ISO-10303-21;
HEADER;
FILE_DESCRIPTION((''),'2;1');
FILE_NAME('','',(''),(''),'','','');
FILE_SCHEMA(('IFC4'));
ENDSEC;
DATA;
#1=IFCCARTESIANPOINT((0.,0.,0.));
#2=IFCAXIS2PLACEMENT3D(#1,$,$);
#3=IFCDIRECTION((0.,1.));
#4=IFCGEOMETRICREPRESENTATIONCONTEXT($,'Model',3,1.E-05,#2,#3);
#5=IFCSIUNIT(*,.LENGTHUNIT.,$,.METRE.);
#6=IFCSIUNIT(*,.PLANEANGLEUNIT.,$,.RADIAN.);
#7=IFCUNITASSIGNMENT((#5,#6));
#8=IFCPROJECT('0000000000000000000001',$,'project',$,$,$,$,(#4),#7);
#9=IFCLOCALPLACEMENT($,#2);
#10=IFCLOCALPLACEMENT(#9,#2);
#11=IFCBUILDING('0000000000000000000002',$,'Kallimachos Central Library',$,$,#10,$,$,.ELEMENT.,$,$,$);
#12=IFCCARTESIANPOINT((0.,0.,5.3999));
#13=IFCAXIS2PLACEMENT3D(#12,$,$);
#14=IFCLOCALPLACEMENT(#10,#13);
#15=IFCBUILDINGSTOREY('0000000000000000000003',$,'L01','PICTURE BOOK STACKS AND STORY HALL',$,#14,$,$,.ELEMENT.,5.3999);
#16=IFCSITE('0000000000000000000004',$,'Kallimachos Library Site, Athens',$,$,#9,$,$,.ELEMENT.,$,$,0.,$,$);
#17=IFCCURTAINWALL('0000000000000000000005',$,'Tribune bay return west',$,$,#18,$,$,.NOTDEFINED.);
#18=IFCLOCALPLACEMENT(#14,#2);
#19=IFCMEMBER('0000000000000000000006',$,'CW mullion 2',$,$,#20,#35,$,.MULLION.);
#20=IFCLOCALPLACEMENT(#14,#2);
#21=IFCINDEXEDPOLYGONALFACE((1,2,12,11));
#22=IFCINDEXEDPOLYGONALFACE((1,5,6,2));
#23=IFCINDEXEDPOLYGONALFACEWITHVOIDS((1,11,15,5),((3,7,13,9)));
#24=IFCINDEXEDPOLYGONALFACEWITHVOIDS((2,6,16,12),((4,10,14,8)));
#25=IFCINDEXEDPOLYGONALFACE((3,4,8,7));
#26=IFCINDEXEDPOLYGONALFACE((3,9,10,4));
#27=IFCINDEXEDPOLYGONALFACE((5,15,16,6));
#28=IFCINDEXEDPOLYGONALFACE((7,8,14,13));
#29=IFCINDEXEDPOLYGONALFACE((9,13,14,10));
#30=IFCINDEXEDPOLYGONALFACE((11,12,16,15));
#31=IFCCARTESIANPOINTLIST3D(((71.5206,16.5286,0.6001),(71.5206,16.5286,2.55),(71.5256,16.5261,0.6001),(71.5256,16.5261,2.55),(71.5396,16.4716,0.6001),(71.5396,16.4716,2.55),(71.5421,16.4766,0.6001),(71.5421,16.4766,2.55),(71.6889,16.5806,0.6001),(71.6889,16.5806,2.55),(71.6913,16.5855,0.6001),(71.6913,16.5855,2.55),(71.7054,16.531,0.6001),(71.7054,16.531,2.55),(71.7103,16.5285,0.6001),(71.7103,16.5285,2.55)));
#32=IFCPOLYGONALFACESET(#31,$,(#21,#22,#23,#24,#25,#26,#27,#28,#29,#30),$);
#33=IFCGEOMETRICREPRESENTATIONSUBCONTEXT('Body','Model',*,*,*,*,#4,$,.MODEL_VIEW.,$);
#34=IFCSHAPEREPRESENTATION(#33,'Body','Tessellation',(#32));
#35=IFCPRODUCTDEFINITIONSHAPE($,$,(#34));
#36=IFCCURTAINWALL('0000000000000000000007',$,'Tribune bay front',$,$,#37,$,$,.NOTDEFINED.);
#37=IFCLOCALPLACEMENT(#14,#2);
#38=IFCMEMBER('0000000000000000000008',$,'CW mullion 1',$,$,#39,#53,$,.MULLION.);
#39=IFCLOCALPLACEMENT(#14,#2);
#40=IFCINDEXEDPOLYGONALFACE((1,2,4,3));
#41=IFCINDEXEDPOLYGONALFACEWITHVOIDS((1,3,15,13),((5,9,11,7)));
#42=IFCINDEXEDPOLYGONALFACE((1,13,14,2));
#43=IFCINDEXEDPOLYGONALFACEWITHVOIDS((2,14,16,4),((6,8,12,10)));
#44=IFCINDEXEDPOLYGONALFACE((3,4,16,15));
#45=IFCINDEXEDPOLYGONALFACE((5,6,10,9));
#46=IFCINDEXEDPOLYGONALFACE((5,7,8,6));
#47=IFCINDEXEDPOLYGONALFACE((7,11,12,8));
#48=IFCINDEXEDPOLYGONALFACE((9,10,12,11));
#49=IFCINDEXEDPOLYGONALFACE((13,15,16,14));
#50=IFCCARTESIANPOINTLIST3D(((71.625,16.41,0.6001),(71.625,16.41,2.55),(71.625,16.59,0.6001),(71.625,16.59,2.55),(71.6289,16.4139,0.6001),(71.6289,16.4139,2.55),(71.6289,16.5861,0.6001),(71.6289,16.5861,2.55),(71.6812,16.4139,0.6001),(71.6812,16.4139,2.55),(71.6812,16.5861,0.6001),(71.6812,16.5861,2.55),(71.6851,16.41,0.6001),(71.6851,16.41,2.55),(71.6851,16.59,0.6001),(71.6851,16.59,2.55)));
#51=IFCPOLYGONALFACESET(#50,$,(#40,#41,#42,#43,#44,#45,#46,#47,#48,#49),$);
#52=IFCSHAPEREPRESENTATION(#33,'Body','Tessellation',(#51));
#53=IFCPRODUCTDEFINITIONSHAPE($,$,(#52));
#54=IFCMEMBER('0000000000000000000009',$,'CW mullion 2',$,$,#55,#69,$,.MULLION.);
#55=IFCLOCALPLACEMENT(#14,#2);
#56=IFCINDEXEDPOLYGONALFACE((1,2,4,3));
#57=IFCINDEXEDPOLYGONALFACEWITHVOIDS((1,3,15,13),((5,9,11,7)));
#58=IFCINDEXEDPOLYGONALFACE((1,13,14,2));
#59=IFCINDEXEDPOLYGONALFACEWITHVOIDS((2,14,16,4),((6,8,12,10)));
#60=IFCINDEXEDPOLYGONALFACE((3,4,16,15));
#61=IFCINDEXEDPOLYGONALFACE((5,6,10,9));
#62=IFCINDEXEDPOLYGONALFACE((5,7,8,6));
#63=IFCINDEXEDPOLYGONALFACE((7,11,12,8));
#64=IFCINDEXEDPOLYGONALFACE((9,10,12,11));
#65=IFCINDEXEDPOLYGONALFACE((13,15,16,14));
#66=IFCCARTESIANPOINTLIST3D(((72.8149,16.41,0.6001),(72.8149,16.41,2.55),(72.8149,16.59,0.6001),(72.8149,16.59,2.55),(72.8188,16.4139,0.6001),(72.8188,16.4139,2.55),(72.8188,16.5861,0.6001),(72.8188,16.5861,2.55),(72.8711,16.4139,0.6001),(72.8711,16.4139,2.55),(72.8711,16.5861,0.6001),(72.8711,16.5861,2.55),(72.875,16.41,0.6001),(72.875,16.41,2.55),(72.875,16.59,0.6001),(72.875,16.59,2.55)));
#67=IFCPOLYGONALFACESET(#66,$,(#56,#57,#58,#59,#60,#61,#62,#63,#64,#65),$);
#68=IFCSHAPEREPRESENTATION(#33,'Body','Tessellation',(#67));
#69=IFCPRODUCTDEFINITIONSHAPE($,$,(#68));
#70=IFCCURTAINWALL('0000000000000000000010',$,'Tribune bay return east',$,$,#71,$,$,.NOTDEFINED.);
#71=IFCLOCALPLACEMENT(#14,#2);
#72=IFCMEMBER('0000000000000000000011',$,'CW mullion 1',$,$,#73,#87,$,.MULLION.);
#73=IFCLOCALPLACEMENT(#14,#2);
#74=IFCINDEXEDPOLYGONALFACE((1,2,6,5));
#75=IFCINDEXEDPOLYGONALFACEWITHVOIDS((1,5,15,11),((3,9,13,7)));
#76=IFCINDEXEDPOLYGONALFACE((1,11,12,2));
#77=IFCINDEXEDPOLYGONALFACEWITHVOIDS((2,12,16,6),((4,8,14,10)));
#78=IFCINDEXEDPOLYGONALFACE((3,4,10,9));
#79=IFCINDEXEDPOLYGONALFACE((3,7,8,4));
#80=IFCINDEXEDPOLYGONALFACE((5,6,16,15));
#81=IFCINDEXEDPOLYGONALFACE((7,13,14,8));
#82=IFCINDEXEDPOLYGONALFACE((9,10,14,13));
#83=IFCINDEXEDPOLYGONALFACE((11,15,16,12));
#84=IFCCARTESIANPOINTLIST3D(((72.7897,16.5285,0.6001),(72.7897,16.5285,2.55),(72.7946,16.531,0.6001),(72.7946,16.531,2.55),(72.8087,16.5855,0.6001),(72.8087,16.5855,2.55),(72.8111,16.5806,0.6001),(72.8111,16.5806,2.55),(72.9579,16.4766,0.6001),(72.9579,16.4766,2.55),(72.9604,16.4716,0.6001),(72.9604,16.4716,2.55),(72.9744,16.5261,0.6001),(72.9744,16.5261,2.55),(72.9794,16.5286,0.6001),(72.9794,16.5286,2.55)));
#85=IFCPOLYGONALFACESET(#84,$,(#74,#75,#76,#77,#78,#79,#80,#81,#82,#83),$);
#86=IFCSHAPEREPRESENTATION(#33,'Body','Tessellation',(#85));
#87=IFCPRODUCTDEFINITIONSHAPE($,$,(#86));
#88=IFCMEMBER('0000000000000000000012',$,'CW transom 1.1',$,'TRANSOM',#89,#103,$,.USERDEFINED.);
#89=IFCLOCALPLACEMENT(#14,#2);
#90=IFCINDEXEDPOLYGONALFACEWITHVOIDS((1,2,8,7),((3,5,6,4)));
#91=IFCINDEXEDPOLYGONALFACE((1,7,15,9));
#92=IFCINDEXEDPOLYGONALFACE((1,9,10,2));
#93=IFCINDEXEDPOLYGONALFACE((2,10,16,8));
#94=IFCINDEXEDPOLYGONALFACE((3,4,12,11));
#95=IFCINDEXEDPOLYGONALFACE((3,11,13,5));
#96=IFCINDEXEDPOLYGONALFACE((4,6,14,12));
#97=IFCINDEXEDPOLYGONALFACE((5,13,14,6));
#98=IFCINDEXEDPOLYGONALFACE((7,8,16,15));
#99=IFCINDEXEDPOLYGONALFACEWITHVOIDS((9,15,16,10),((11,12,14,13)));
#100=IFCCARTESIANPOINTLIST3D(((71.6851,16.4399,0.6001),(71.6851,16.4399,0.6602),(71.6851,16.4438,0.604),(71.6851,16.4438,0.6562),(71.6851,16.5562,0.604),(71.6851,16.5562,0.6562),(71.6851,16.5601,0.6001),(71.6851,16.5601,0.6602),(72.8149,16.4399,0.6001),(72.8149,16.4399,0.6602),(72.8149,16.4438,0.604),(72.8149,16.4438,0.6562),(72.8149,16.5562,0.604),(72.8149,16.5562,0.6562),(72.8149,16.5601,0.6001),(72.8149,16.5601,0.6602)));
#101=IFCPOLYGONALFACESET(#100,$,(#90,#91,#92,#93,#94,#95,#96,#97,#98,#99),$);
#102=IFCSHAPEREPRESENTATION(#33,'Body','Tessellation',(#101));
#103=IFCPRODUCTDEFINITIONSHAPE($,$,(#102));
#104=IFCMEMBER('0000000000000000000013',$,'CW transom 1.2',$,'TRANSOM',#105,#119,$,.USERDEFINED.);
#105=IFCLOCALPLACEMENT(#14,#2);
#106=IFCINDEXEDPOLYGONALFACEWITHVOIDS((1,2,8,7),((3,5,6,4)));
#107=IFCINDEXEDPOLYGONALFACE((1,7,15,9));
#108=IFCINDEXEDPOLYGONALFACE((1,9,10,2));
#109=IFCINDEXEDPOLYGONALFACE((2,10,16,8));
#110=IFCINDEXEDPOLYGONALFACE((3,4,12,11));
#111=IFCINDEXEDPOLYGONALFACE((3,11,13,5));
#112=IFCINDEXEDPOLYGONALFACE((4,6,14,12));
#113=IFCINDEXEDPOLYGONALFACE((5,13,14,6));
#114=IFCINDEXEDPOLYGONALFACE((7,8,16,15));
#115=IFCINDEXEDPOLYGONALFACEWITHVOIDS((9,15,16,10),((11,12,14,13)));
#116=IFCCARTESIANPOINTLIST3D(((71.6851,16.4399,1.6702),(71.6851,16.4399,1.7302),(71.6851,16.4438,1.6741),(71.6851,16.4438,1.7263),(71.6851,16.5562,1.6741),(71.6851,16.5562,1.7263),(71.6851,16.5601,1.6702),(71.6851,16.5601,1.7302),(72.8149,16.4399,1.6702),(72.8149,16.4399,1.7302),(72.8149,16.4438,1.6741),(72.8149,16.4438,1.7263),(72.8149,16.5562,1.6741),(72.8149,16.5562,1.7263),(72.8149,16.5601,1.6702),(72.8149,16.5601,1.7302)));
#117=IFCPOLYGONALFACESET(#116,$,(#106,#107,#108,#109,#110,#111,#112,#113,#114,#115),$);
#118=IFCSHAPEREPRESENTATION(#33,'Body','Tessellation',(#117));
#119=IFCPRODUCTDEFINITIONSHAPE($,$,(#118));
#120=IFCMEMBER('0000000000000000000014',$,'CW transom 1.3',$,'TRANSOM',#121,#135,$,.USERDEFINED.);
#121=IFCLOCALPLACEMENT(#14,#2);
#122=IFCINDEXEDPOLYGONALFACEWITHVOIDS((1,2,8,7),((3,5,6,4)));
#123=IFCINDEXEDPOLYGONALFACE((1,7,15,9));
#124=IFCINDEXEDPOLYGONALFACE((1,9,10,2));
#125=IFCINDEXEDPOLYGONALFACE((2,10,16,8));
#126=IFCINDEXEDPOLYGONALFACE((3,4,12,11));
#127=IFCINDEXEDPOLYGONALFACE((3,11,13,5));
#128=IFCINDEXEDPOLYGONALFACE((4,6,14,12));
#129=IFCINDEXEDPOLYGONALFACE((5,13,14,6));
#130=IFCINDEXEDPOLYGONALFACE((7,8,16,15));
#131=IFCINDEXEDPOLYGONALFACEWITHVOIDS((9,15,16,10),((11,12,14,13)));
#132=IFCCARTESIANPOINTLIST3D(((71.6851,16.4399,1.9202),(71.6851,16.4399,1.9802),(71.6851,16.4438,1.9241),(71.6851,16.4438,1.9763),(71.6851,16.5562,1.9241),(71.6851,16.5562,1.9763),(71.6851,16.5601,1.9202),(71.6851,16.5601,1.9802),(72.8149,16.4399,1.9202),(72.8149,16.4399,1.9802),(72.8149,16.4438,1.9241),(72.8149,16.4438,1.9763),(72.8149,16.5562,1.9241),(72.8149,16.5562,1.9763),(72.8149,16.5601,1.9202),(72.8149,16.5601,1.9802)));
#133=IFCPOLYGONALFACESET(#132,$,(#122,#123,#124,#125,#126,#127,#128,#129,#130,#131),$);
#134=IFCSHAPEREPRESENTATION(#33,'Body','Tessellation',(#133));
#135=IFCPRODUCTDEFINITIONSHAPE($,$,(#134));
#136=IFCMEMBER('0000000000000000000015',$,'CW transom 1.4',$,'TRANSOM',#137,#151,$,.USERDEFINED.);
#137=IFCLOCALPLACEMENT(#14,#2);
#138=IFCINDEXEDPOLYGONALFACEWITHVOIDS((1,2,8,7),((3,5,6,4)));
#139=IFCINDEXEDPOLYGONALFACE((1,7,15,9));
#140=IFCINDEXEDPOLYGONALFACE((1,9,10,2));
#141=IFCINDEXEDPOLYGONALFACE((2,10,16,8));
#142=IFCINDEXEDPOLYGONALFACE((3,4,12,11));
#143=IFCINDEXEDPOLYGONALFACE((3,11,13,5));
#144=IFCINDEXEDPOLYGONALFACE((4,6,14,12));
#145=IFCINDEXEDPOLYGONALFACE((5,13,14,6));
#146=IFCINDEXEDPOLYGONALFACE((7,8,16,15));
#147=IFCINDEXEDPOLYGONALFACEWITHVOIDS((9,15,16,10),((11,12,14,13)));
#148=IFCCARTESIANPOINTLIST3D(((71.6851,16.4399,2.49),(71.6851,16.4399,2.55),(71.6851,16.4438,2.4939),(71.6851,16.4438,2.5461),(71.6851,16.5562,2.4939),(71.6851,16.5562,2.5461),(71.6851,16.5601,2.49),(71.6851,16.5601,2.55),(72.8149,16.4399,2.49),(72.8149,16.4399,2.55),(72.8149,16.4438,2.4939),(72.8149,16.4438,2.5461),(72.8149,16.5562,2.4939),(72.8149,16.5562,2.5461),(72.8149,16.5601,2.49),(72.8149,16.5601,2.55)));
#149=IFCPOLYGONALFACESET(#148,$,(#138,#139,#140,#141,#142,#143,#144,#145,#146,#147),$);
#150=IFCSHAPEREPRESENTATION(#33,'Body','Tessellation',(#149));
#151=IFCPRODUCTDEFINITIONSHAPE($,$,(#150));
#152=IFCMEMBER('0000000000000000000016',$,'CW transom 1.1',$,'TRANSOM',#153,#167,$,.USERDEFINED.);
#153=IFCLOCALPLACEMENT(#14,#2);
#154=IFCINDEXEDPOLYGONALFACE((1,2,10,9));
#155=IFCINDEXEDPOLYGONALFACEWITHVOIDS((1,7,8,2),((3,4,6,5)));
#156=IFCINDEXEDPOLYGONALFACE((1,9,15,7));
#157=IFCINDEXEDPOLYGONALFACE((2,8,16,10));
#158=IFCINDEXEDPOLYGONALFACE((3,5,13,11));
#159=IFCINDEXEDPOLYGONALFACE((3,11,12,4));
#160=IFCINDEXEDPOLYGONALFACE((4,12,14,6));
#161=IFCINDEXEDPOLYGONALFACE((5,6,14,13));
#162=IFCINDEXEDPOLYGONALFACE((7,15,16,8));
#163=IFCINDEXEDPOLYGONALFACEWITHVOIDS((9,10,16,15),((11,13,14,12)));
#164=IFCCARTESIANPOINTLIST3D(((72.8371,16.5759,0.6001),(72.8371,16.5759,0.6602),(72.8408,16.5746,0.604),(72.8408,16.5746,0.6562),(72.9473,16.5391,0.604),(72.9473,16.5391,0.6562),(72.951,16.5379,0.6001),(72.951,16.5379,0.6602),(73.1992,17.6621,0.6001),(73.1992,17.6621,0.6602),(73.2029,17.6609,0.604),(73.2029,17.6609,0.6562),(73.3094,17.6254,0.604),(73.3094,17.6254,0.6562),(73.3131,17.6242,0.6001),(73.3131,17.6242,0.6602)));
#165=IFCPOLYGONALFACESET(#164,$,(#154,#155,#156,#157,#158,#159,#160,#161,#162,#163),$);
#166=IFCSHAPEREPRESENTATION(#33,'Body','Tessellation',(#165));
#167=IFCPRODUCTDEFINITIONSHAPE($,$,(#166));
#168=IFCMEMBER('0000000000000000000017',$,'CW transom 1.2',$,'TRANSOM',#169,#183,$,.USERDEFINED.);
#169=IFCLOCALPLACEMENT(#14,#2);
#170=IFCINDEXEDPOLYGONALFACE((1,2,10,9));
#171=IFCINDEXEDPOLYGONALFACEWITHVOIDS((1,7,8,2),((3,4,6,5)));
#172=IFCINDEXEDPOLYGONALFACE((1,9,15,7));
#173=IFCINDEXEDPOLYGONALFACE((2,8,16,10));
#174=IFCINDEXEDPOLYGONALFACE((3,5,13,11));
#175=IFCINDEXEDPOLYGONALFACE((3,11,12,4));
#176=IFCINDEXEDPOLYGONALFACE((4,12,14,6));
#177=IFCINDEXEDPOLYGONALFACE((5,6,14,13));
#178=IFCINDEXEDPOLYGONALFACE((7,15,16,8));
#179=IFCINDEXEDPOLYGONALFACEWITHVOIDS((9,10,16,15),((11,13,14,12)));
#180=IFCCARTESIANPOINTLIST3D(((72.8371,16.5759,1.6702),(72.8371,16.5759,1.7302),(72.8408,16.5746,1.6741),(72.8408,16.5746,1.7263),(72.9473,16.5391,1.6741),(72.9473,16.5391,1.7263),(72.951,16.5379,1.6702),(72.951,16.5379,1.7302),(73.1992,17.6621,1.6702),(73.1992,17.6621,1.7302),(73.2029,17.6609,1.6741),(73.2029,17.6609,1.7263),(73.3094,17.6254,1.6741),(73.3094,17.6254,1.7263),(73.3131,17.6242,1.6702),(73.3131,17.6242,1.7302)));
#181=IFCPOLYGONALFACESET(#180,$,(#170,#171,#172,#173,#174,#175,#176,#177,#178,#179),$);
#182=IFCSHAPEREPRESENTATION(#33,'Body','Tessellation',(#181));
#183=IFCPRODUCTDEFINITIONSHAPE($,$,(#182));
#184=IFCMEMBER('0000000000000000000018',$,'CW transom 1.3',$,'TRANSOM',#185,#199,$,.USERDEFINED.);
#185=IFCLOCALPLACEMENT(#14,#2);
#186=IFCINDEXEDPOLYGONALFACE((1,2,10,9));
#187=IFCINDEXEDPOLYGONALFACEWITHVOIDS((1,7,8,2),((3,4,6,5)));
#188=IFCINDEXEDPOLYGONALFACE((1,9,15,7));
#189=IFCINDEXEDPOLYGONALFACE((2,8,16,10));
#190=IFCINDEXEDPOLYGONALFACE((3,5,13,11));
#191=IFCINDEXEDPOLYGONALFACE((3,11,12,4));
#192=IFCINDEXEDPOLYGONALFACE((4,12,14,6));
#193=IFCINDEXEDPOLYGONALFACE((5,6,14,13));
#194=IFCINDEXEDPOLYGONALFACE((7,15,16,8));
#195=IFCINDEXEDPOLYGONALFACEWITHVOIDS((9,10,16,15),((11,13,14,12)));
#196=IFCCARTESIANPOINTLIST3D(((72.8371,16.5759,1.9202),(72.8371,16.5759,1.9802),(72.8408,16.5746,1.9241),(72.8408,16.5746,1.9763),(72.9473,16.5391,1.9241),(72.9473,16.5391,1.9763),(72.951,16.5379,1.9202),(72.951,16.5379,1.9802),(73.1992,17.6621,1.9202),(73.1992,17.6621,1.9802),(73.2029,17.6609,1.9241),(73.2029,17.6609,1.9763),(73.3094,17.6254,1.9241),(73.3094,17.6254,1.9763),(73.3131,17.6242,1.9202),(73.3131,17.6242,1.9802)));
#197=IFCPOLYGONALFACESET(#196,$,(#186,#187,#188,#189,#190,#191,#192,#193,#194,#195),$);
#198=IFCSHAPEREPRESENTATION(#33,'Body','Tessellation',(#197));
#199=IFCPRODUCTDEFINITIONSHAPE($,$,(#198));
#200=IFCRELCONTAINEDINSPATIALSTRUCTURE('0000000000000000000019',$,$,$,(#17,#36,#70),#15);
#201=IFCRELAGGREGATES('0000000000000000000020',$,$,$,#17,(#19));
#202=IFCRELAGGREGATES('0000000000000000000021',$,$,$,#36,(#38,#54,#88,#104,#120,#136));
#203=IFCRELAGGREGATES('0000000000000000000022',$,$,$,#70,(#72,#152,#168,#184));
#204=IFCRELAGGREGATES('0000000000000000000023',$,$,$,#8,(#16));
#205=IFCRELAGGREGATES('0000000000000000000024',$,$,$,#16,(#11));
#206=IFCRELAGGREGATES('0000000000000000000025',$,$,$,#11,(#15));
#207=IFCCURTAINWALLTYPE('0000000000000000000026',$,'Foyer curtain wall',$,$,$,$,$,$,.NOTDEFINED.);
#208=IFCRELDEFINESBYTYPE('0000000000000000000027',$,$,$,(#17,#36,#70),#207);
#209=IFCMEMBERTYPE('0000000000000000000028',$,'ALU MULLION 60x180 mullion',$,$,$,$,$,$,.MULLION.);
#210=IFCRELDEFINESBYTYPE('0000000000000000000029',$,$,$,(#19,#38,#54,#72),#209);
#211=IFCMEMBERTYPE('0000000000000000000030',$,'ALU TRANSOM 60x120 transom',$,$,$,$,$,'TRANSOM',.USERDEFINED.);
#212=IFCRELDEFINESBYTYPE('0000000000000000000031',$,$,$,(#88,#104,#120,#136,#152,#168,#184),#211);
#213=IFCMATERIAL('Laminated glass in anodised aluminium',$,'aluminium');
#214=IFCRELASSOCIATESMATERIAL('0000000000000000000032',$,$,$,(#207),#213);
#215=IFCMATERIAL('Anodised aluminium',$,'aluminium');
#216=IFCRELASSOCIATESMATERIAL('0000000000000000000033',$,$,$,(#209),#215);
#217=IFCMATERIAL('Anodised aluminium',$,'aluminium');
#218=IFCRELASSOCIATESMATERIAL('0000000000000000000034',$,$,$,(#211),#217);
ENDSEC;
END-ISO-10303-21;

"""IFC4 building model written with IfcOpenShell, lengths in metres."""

from ifc_helpers import new_model, si_unit, direction, frame, origin, origin_2d, place, context, subcontext, project, spatial, hollow_rectangle, extrude, material, material_profile, profile_set, type_object, element, aggregate, save


model = new_model("IFC4")

# Units and contexts
model_context = context("Model", 3, precision=1e-05, world=origin(), true_north=direction((0.0, 1.0)))
body_context = subcontext(model_context, "Body", "Model", "MODEL_VIEW")
ifc_project = project(units=[si_unit("LENGTHUNIT", "METRE"), si_unit("PLANEANGLEUNIT", "RADIAN")], contexts=[model_context])

# Site, building, storey
site_placement = place(None, origin())
site = spatial("IfcSite", under=ifc_project, at=site_placement, Name="Kallimachos Library Site, Athens", CompositionType="ELEMENT", RefElevation=0.0)
building_placement = place(site_placement, origin())
building = spatial("IfcBuilding", under=site, at=building_placement, Name="Kallimachos Central Library", CompositionType="ELEMENT")
storey_placement = place(building_placement, frame((0.0, 0.0, 5.3999)))
storey = spatial("IfcBuildingStorey", under=building, at=storey_placement, Name="L01", Description="PICTURE BOOK STACKS AND STORY HALL", CompositionType="ELEMENT", Elevation=5.3999)

# Curtain wall, member
ifc_material_1 = material(Name="Laminated glass in anodised aluminium", Category="aluminium")
curtain_wall_type = type_object("IfcCurtainWallType", Name="Foyer curtain wall", PredefinedType="NOTDEFINED", material=ifc_material_1)
curtain_wall_1_placement = place(storey_placement, origin())
curtain_wall_1 = element("IfcCurtainWall", 1, at=curtain_wall_1_placement, inside=storey, type_object=curtain_wall_type, Name="Tribune bay return west", PredefinedType="NOTDEFINED")
ifc_material_2 = material(Name="Anodised aluminium", Category="aluminium")
ifc_material_profile_1 = material_profile(ifc_material_2, hollow_rectangle(XDim=0.0601, YDim=0.1799, WallThickness=0.0039, at=origin_2d()), Name="ALU MULLION 60x180")
ifc_profile_set_1 = profile_set([ifc_material_profile_1], Name="Anodised aluminium")
member_type_1 = type_object("IfcMemberType", Name="ALU MULLION 60x180 mullion", PredefinedType="MULLION", material=ifc_profile_set_1)
member_1_placement = place(storey_placement, frame((71.6155, 16.5286, 0.6001), z_axis=(0.0, 0.0, 1.0), x_axis=(0.316228, -0.948683, 0.0)))
member_1 = element("IfcMember", 2, at=member_1_placement, type_object=member_type_1, Name="CW mullion 2", PredefinedType="MULLION", context=body_context, shape_type="SweptSolid", body=[
    extrude(hollow_rectangle(XDim=0.0601, YDim=0.1799, WallThickness=0.0039, at=origin_2d()), origin(), (0.0, 0.0, 1.0), 1.95),
])

# Curtain wall, members
curtain_wall_2_placement = place(storey_placement, origin())
curtain_wall_2 = element("IfcCurtainWall", 3, at=curtain_wall_2_placement, inside=storey, type_object=curtain_wall_type, Name="Tribune bay front", PredefinedType="NOTDEFINED")
member_2_placement = place(storey_placement, frame((71.655, 16.5, 0.6001), z_axis=(0.0, 0.0, 1.0), x_axis=(1.0, 0.0, 0.0)))
member_2 = element("IfcMember", 4, at=member_2_placement, type_object=member_type_1, Name="CW mullion 1", PredefinedType="MULLION", context=body_context, shape_type="SweptSolid", body=[
    extrude(hollow_rectangle(XDim=0.0601, YDim=0.1799, WallThickness=0.0039, at=origin_2d()), origin(), (0.0, 0.0, 1.0), 1.95),
])
member_3_placement = place(storey_placement, frame((72.845, 16.5, 0.6001), z_axis=(0.0, 0.0, 1.0), x_axis=(1.0, 0.0, 0.0)))
member_3 = element("IfcMember", 5, at=member_3_placement, type_object=member_type_1, Name="CW mullion 2", PredefinedType="MULLION", context=body_context, shape_type="SweptSolid", body=[
    extrude(hollow_rectangle(XDim=0.0601, YDim=0.1799, WallThickness=0.0039, at=origin_2d()), origin(), (0.0, 0.0, 1.0), 1.95),
])

# Curtain wall, member
curtain_wall_3_placement = place(storey_placement, origin())
curtain_wall_3 = element("IfcCurtainWall", 6, at=curtain_wall_3_placement, inside=storey, type_object=curtain_wall_type, Name="Tribune bay return east", PredefinedType="NOTDEFINED")
member_4_placement = place(storey_placement, frame((72.8845, 16.5286, 0.6001), z_axis=(0.0, 0.0, 1.0), x_axis=(0.316228, 0.948683, 0.0)))
member_4 = element("IfcMember", 7, at=member_4_placement, type_object=member_type_1, Name="CW mullion 1", PredefinedType="MULLION", context=body_context, shape_type="SweptSolid", body=[
    extrude(hollow_rectangle(XDim=0.0601, YDim=0.1799, WallThickness=0.0039, at=origin_2d()), origin(), (0.0, 0.0, 1.0), 1.95),
])

# Members
ifc_material_3 = material(Name="Anodised aluminium", Category="aluminium")
ifc_material_profile_2 = material_profile(ifc_material_3, hollow_rectangle(XDim=0.0601, YDim=0.1201, WallThickness=0.0039, at=origin_2d()), Name="ALU TRANSOM 60x120")
ifc_profile_set_2 = profile_set([ifc_material_profile_2], Name="Anodised aluminium")
member_type_2 = type_object("IfcMemberType", Name="ALU TRANSOM 60x120 transom", ElementType="TRANSOM", PredefinedType="USERDEFINED", material=ifc_profile_set_2)
member_5_placement = place(storey_placement, frame((71.6851, 16.5, 0.6301), z_axis=(1.0, 0.0, 0.0), x_axis=(0.0, 0.0, 1.0)))
member_5 = element("IfcMember", 8, at=member_5_placement, type_object=member_type_2, Name="CW transom 1.1", ObjectType="TRANSOM", PredefinedType="USERDEFINED", context=body_context, shape_type="SweptSolid", body=[
    extrude(hollow_rectangle(XDim=0.0601, YDim=0.1201, WallThickness=0.0039, at=origin_2d()), origin(), (0.0, 0.0, 1.0), 1.1299),
])
member_6_placement = place(storey_placement, frame((71.6851, 16.5, 1.7002), z_axis=(1.0, 0.0, 0.0), x_axis=(0.0, 0.0, 1.0)))
member_6 = element("IfcMember", 9, at=member_6_placement, type_object=member_type_2, Name="CW transom 1.2", ObjectType="TRANSOM", PredefinedType="USERDEFINED", context=body_context, shape_type="SweptSolid", body=[
    extrude(hollow_rectangle(XDim=0.0601, YDim=0.1201, WallThickness=0.0039, at=origin_2d()), origin(), (0.0, 0.0, 1.0), 1.1299),
])
member_7_placement = place(storey_placement, frame((71.6851, 16.5, 1.9502), z_axis=(1.0, 0.0, 0.0), x_axis=(0.0, 0.0, 1.0)))
member_7 = element("IfcMember", 10, at=member_7_placement, type_object=member_type_2, Name="CW transom 1.3", ObjectType="TRANSOM", PredefinedType="USERDEFINED", context=body_context, shape_type="SweptSolid", body=[
    extrude(hollow_rectangle(XDim=0.0601, YDim=0.1201, WallThickness=0.0039, at=origin_2d()), origin(), (0.0, 0.0, 1.0), 1.1299),
])
member_8_placement = place(storey_placement, frame((71.6851, 16.5, 2.52), z_axis=(1.0, 0.0, 0.0), x_axis=(0.0, 0.0, 1.0)))
member_8 = element("IfcMember", 11, at=member_8_placement, type_object=member_type_2, Name="CW transom 1.4", ObjectType="TRANSOM", PredefinedType="USERDEFINED", context=body_context, shape_type="SweptSolid", body=[
    extrude(hollow_rectangle(XDim=0.0601, YDim=0.1201, WallThickness=0.0039, at=origin_2d()), origin(), (0.0, 0.0, 1.0), 1.1299),
])
member_9_placement = place(storey_placement, frame((72.894, 16.5569, 0.6301), z_axis=(0.316228, 0.948683, 0.0), x_axis=(0.0, 0.0, 1.0)))
member_9 = element("IfcMember", 12, at=member_9_placement, type_object=member_type_2, Name="CW transom 1.1", ObjectType="TRANSOM", PredefinedType="USERDEFINED", context=body_context, shape_type="SweptSolid", body=[
    extrude(hollow_rectangle(XDim=0.0601, YDim=0.1201, WallThickness=0.0039, at=origin_2d()), origin(), (0.0, 0.0, 1.0), 1.145),
])
member_10_placement = place(storey_placement, frame((72.894, 16.5569, 1.7002), z_axis=(0.316228, 0.948683, 0.0), x_axis=(0.0, 0.0, 1.0)))
member_10 = element("IfcMember", 13, at=member_10_placement, type_object=member_type_2, Name="CW transom 1.2", ObjectType="TRANSOM", PredefinedType="USERDEFINED", context=body_context, shape_type="SweptSolid", body=[
    extrude(hollow_rectangle(XDim=0.0601, YDim=0.1201, WallThickness=0.0039, at=origin_2d()), origin(), (0.0, 0.0, 1.0), 1.145),
])
member_11_placement = place(storey_placement, frame((72.894, 16.5569, 1.9502), z_axis=(0.316228, 0.948683, 0.0), x_axis=(0.0, 0.0, 1.0)))
member_11 = element("IfcMember", 14, at=member_11_placement, type_object=member_type_2, Name="CW transom 1.3", ObjectType="TRANSOM", PredefinedType="USERDEFINED", context=body_context, shape_type="SweptSolid", body=[
    extrude(hollow_rectangle(XDim=0.0601, YDim=0.1201, WallThickness=0.0039, at=origin_2d()), origin(), (0.0, 0.0, 1.0), 1.145),
])

aggregate(curtain_wall_1, [member_1])
aggregate(curtain_wall_2, [member_2, member_3, member_5, member_6, member_7, member_8])
aggregate(curtain_wall_3, [member_4, member_9, member_10, member_11])

save(model, "model.ifc")
